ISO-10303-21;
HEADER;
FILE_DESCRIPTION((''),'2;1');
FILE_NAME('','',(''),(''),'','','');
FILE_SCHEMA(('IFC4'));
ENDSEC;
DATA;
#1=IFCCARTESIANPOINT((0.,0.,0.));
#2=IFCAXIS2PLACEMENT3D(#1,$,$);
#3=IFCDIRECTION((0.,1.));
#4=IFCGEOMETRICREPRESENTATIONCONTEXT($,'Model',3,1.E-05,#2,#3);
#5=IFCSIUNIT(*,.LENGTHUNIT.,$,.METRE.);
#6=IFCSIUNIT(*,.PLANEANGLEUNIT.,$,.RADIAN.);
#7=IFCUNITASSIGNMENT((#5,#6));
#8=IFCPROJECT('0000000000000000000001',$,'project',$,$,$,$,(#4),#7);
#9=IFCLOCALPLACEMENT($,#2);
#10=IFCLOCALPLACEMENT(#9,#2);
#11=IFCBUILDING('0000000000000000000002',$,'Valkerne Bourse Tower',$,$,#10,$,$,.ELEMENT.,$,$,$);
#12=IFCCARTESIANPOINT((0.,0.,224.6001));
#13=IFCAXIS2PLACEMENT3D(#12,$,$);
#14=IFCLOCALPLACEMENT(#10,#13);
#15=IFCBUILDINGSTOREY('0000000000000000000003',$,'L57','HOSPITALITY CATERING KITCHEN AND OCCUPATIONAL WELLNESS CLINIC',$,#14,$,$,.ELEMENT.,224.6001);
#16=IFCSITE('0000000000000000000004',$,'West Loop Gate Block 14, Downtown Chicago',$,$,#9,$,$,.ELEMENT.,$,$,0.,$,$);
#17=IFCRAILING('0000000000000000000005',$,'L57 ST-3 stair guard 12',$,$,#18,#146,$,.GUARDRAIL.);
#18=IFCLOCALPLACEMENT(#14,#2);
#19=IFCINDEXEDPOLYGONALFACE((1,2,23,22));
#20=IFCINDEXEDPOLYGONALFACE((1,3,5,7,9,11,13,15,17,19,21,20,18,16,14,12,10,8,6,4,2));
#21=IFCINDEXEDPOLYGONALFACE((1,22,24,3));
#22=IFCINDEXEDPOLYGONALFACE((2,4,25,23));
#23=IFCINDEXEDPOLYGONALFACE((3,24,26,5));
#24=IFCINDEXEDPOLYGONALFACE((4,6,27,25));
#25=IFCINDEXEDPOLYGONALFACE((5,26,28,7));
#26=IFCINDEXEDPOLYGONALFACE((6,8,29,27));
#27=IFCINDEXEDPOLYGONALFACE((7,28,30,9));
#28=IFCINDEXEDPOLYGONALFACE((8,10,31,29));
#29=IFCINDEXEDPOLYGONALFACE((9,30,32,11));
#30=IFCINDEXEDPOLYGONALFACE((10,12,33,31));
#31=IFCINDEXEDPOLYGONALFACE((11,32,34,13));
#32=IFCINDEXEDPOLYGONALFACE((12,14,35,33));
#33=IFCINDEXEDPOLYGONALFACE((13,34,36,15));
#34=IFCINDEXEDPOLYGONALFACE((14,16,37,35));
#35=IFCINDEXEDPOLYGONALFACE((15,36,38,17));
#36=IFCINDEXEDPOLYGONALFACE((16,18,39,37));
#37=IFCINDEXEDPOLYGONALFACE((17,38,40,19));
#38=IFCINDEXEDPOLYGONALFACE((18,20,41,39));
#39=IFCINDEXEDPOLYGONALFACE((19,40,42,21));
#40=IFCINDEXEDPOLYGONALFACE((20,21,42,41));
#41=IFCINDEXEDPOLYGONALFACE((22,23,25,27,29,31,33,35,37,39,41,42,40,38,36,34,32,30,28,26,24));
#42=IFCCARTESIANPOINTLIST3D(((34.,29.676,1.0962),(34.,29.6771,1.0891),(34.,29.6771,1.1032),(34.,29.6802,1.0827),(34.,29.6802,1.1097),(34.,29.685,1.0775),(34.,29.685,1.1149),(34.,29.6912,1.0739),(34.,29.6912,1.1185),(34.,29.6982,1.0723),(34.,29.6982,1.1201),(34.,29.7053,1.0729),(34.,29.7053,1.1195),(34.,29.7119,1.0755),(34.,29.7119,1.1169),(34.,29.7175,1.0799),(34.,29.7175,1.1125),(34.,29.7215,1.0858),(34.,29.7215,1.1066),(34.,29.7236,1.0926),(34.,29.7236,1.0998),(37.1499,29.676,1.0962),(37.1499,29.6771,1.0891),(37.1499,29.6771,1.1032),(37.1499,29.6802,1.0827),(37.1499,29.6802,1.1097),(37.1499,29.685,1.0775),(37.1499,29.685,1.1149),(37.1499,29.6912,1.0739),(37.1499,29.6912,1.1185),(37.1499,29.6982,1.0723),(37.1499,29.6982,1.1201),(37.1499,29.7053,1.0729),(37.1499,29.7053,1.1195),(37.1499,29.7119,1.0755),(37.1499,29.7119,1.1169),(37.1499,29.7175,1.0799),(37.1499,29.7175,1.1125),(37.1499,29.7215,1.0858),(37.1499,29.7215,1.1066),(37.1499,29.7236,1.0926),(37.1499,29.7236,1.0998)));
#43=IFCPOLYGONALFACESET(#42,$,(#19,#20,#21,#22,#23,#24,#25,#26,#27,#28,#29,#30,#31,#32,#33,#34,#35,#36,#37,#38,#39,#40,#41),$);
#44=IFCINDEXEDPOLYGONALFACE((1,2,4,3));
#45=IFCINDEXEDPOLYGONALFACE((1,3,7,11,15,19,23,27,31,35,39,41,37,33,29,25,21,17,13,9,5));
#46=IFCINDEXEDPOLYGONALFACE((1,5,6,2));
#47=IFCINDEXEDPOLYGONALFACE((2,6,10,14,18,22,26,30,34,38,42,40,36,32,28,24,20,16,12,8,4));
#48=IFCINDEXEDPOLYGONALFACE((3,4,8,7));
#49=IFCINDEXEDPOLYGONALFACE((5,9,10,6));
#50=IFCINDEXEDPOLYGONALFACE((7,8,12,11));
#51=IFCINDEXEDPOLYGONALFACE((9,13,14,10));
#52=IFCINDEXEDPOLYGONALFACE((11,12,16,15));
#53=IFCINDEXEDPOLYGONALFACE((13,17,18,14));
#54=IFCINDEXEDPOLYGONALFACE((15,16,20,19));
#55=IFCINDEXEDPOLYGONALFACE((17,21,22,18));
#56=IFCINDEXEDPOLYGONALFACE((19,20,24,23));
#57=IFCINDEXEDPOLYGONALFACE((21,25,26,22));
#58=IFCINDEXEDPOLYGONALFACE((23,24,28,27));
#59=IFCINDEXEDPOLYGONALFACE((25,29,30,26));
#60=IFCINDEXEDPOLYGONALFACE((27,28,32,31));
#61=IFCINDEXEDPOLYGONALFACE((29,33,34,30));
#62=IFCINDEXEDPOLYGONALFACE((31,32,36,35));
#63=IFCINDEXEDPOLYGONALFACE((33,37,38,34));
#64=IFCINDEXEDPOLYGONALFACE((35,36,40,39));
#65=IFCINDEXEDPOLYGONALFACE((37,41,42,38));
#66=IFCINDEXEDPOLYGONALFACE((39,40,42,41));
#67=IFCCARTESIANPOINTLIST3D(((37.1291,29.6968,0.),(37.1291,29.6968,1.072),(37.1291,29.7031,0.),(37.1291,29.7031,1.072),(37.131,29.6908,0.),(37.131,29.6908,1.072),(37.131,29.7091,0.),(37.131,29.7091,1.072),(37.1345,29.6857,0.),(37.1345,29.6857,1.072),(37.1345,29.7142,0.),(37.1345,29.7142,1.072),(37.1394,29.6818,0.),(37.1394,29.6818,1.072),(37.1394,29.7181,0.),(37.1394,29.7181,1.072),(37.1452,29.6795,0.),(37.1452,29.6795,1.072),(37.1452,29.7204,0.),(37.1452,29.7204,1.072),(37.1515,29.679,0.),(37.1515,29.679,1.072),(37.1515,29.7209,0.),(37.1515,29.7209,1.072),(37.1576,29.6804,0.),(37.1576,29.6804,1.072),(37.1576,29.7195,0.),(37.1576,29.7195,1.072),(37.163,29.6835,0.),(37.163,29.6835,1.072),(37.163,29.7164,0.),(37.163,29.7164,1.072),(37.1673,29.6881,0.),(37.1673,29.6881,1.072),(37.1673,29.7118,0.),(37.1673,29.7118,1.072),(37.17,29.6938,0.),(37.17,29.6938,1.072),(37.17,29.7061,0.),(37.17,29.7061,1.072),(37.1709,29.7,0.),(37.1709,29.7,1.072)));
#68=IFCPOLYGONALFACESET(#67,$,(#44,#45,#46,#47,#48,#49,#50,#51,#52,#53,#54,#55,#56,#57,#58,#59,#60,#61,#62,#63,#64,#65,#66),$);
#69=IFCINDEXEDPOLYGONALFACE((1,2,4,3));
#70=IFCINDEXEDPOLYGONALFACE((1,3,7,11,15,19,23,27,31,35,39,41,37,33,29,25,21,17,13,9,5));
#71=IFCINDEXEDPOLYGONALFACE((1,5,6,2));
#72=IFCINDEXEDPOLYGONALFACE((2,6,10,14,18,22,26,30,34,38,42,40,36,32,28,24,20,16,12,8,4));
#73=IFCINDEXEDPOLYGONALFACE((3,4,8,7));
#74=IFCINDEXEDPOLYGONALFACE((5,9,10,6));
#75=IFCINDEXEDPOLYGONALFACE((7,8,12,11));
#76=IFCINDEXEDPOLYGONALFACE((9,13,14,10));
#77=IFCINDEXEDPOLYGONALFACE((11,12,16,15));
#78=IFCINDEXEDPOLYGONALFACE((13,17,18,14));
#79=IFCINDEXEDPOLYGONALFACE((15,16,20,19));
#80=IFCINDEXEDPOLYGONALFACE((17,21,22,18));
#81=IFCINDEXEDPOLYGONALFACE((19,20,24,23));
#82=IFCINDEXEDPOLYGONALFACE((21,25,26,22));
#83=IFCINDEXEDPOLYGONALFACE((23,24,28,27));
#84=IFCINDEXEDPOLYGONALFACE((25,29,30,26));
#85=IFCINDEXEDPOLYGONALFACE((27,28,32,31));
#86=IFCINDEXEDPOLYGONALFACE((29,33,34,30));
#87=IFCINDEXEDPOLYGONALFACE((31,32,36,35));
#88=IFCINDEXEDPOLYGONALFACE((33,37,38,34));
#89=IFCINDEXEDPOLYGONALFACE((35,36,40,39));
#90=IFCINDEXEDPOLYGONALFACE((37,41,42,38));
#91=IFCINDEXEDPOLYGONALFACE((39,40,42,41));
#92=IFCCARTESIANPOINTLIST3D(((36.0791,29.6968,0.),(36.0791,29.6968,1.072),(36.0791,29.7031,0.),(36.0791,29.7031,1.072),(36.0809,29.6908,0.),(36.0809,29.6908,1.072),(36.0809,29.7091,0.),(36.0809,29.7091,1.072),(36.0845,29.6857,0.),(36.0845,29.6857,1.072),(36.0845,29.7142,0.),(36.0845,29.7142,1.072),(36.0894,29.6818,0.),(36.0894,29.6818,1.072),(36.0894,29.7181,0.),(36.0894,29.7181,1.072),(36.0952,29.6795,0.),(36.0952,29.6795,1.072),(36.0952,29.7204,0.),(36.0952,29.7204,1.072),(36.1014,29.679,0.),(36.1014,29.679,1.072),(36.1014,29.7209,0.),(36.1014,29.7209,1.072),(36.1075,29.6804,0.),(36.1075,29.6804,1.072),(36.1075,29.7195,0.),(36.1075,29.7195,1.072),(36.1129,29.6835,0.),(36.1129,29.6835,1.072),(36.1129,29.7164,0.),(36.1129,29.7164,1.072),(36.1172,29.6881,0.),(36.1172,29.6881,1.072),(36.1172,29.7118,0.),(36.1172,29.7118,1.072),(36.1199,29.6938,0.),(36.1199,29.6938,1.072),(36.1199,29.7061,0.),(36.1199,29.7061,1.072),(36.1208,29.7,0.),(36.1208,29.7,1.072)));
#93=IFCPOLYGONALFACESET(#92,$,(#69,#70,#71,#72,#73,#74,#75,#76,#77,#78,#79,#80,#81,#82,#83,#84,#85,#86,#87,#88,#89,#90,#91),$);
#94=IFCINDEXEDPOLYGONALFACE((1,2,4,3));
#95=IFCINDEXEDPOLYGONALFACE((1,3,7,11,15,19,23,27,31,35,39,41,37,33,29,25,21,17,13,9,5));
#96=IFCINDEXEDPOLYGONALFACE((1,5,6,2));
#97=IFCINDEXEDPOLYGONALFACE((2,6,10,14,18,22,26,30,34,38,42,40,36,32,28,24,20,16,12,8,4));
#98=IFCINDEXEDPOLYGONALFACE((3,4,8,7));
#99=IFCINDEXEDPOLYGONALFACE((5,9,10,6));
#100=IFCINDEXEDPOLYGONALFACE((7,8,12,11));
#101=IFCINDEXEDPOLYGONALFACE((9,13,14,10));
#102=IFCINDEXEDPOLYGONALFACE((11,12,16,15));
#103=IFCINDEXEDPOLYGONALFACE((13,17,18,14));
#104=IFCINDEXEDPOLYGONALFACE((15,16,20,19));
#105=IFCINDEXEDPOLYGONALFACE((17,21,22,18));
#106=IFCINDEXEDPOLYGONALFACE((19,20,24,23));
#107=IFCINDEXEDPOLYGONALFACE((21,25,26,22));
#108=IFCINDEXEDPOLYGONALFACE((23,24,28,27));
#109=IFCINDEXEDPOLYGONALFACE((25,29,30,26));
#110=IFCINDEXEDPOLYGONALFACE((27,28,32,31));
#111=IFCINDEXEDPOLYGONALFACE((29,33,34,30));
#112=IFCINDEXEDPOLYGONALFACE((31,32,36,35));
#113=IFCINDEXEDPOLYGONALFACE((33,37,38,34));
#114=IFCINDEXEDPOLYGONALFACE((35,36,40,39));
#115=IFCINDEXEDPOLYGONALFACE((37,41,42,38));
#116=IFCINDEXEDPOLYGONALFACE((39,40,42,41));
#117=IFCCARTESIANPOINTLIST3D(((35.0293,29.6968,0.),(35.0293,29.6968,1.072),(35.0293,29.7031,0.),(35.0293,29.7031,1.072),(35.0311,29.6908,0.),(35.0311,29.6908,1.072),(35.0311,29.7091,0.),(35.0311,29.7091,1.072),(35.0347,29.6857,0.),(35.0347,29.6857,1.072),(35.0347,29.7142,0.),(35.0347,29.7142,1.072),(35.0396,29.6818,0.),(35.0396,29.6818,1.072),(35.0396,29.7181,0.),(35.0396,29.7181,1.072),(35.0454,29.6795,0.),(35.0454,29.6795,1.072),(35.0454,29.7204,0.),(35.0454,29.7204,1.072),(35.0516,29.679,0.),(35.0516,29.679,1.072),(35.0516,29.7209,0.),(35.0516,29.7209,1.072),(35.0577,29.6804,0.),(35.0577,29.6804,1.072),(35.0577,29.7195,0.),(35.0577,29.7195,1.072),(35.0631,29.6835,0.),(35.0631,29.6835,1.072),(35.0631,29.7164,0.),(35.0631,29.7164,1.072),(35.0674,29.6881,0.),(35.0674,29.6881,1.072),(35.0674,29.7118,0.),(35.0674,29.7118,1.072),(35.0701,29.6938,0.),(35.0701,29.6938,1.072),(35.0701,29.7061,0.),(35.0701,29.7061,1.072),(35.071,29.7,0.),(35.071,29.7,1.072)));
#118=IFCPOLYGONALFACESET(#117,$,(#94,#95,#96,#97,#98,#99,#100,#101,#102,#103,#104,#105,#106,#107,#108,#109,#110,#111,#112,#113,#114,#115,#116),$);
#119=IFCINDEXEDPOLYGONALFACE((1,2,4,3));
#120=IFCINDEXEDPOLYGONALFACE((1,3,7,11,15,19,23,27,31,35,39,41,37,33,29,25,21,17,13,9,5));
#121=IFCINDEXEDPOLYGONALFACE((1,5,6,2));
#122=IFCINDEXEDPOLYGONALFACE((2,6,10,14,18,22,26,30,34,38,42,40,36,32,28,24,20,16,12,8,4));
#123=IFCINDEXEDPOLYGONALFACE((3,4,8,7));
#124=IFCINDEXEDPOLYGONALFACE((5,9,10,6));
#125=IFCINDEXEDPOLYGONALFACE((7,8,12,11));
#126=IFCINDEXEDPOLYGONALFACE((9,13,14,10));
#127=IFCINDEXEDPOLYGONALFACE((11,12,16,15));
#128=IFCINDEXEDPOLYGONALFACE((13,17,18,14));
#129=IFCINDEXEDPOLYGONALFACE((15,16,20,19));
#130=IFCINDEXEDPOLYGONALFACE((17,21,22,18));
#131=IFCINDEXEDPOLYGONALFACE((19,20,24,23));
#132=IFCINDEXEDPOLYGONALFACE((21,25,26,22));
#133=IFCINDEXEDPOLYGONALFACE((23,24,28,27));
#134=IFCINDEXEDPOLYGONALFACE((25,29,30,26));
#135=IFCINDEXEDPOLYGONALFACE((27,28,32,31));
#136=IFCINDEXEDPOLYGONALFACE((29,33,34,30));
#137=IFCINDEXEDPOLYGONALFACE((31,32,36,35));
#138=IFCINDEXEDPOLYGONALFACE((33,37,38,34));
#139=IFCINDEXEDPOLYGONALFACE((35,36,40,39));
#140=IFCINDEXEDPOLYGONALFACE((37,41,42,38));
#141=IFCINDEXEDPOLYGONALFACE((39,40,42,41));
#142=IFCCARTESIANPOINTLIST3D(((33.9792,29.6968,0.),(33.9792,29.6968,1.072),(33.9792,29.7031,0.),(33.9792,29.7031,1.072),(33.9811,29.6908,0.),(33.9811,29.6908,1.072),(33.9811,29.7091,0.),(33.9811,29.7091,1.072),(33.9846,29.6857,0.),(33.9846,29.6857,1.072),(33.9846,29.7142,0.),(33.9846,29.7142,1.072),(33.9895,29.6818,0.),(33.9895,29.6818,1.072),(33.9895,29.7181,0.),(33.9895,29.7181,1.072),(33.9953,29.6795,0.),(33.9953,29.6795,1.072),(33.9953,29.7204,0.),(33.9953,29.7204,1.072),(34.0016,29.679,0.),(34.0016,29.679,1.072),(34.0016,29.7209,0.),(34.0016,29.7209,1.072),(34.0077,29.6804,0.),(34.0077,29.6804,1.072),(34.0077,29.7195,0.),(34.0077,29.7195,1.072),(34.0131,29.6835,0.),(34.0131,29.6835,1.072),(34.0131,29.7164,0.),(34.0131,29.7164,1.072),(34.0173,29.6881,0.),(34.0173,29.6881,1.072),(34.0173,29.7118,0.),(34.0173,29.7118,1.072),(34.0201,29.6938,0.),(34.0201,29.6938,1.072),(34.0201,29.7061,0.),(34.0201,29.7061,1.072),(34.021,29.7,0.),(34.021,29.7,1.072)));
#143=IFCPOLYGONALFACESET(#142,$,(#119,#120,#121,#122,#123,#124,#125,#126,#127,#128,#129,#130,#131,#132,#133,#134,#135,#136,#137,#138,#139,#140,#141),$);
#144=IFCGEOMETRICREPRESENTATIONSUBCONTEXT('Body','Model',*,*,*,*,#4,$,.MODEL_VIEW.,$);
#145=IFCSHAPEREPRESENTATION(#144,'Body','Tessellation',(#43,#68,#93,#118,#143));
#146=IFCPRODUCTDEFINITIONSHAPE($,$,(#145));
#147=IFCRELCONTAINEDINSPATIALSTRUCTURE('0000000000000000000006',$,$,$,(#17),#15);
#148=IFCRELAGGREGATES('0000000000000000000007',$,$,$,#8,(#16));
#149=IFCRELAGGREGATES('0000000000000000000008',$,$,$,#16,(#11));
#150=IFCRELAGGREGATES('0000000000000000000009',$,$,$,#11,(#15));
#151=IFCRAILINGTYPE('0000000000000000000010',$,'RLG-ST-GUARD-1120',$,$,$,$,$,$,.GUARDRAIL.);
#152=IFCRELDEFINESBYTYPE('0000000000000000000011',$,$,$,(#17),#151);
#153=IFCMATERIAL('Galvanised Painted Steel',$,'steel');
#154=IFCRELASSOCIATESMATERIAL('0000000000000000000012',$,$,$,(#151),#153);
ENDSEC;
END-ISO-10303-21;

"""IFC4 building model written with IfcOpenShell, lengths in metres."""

from ifc_helpers import new_model, si_unit, direction, frame, origin, origin_2d, place, context, subcontext, project, spatial, circle, extrude, material, type_object, element, save


model = new_model("IFC4")

# Units and contexts
model_context = context("Model", 3, precision=1e-05, world=origin(), true_north=direction((0.0, 1.0)))
body_context = subcontext(model_context, "Body", "Model", "MODEL_VIEW")
ifc_project = project(units=[si_unit("LENGTHUNIT", "METRE"), si_unit("PLANEANGLEUNIT", "RADIAN")], contexts=[model_context])

# Site, building, storey
site_placement = place(None, origin())
site = spatial("IfcSite", under=ifc_project, at=site_placement, Name="West Loop Gate Block 14, Downtown Chicago", CompositionType="ELEMENT", RefElevation=0.0)
building_placement = place(site_placement, origin())
building = spatial("IfcBuilding", under=site, at=building_placement, Name="Valkerne Bourse Tower", CompositionType="ELEMENT")
storey_placement = place(building_placement, frame((0.0, 0.0, 224.6001)))
storey = spatial("IfcBuildingStorey", under=building, at=storey_placement, Name="L57", Description="HOSPITALITY CATERING KITCHEN AND OCCUPATIONAL WELLNESS CLINIC", CompositionType="ELEMENT", Elevation=224.6001)

# Shared definitions
ifc_material_1 = material(Name="Galvanised Painted Steel", Category="steel")

# Railing
railing_type = type_object("IfcRailingType", Name="RLG-ST-GUARD-1120", PredefinedType="GUARDRAIL", material=ifc_material_1)
railing_1_placement = place(storey_placement, frame((37.1499, 29.7, 0.0)))
element("IfcRailing", 1, at=railing_1_placement, inside=storey, type_object=railing_type, Name="L57 ST-3 stair guard 12", PredefinedType="GUARDRAIL", context=body_context, shape_type="SweptSolid", body=[
    extrude(circle(Radius=0.0239, at=origin_2d()), frame((0.0, 0.0, 1.0962), z_axis=(-1.0, 0.0, 0.0), x_axis=(0.0, -1.0, 0.0)), (0.0, 0.0, 1.0), 3.1499),
    extrude(circle(Radius=0.021, at=origin_2d()), origin(), (0.0, 0.0, 1.0), 1.072),
    extrude(circle(Radius=0.021, at=origin_2d()), frame((-1.05, 0.0, 0.0)), (0.0, 0.0, 1.0), 1.072),
    extrude(circle(Radius=0.021, at=origin_2d()), frame((-2.0999, 0.0, 0.0)), (0.0, 0.0, 1.0), 1.072),
    extrude(circle(Radius=0.021, at=origin_2d()), frame((-3.1499, 0.0, 0.0)), (0.0, 0.0, 1.0), 1.072),
])

save(model, "model.ifc")
